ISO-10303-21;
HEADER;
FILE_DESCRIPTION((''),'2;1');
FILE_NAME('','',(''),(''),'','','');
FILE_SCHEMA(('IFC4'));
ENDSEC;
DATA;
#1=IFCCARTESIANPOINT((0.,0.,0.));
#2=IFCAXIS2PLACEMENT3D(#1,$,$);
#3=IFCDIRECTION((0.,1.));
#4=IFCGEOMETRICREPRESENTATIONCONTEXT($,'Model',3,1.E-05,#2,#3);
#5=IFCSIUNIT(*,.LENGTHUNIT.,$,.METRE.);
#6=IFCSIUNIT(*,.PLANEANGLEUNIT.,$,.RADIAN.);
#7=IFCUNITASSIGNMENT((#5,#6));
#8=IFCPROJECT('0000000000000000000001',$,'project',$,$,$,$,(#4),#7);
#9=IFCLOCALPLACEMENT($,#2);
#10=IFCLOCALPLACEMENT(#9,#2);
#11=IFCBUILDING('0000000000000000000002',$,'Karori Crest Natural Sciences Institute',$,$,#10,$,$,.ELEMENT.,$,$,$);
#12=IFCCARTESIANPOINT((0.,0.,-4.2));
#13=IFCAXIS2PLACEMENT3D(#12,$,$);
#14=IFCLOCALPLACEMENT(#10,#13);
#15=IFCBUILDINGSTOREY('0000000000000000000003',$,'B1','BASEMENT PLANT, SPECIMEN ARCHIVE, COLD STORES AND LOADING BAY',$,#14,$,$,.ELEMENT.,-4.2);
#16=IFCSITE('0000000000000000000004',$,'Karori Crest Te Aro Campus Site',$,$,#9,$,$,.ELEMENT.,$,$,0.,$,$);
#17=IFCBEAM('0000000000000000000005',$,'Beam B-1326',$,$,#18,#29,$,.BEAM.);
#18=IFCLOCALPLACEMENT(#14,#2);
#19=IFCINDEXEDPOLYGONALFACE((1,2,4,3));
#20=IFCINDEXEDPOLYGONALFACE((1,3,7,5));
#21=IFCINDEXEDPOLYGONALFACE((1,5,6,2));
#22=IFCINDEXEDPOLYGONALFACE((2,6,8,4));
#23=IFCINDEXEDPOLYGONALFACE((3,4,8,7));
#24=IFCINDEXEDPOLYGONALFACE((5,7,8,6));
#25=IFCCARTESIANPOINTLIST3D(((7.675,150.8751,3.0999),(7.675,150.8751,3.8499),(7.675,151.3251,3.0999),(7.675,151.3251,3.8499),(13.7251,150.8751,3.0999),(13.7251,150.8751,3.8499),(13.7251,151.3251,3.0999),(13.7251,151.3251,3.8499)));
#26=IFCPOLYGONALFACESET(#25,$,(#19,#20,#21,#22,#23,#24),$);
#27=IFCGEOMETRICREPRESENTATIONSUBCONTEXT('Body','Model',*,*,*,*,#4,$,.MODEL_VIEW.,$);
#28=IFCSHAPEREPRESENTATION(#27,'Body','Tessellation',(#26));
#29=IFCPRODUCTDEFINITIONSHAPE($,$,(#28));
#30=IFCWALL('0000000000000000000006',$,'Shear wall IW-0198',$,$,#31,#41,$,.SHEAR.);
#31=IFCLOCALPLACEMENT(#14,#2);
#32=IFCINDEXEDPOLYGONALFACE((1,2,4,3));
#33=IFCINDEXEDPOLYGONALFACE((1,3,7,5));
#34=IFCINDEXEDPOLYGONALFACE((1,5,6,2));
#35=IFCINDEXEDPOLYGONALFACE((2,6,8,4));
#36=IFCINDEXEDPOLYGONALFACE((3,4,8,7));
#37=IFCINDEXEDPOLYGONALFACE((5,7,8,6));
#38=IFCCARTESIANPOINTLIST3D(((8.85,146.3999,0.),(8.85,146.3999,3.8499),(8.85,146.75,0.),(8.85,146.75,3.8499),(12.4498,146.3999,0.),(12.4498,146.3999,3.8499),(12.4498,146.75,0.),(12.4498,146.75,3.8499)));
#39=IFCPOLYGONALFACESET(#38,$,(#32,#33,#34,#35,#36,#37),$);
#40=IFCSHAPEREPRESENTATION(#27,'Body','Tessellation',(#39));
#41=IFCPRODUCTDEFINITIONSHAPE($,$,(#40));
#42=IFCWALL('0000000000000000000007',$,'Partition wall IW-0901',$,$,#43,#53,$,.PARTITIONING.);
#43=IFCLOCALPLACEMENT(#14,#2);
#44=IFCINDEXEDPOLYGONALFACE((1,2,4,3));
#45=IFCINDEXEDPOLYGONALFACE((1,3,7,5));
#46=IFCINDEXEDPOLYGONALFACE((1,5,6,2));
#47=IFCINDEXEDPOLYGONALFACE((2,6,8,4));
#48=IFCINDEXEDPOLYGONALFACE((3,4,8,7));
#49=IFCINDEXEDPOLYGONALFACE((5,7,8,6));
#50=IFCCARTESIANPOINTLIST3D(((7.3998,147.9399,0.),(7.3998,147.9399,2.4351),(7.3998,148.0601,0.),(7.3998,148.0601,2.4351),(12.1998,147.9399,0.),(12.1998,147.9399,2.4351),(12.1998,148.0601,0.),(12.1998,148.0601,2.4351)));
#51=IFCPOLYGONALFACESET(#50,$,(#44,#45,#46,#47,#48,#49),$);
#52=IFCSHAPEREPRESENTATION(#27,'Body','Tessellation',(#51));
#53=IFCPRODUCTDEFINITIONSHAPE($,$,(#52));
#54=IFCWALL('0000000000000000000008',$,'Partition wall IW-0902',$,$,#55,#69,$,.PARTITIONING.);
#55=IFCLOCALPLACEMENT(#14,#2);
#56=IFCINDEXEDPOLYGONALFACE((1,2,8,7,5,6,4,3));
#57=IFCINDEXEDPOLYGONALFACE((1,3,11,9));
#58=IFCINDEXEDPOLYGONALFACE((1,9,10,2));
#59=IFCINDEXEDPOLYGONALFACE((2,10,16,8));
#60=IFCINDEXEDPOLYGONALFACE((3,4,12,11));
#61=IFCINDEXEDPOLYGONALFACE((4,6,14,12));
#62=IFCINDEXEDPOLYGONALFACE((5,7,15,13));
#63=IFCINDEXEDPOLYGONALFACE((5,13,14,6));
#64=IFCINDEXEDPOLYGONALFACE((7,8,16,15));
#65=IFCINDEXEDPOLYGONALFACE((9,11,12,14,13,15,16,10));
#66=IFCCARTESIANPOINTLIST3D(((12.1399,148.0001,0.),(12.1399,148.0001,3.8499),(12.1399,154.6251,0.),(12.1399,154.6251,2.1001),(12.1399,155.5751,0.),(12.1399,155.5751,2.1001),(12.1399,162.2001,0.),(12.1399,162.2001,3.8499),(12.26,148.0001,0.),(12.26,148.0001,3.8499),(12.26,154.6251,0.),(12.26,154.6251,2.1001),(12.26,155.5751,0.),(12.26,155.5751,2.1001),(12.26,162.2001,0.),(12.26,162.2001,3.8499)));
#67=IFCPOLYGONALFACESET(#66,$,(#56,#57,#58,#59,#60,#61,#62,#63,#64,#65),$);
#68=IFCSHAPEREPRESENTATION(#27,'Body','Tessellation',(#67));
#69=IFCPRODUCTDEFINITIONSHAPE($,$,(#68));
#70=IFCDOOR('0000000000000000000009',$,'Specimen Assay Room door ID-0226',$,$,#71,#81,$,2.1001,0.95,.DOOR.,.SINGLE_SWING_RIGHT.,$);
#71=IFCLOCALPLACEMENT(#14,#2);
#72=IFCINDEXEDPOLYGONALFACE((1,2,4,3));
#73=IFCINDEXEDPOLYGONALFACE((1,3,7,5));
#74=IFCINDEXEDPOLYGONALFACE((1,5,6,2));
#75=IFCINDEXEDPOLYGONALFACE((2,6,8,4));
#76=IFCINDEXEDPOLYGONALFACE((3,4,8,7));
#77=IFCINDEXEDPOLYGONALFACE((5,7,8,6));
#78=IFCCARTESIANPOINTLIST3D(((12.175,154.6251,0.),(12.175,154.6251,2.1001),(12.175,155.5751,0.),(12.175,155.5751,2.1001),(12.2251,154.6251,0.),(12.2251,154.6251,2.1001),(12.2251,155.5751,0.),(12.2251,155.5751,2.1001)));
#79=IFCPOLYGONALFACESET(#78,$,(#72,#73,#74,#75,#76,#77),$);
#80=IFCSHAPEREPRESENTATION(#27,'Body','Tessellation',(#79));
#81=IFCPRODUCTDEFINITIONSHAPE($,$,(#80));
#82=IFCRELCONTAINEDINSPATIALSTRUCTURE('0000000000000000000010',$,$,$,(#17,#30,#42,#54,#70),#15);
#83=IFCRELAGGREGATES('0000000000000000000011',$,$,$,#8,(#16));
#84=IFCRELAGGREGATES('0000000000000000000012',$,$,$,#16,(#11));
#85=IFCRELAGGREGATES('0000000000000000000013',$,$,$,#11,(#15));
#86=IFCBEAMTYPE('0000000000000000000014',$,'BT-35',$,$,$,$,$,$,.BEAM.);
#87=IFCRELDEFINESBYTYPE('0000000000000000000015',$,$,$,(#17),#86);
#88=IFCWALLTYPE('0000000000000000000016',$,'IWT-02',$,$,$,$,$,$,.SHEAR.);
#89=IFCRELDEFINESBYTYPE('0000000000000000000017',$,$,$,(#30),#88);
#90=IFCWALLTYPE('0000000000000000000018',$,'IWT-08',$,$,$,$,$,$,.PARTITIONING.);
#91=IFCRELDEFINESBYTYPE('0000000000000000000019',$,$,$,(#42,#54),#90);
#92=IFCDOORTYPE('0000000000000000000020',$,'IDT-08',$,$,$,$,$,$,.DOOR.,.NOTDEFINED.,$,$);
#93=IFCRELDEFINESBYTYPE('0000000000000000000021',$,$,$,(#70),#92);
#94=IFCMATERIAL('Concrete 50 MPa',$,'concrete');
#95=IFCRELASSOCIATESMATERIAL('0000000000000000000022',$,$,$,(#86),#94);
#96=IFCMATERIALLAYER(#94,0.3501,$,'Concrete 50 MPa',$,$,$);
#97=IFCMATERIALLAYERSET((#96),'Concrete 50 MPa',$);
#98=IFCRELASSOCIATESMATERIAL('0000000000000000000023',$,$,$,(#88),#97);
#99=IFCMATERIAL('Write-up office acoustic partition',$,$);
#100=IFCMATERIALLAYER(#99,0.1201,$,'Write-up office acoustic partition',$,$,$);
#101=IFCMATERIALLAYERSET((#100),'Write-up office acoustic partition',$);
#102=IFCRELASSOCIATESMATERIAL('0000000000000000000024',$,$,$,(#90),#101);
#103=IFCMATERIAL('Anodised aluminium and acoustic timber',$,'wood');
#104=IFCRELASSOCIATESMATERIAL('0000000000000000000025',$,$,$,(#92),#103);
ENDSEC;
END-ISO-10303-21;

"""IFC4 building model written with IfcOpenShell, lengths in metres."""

from ifc_helpers import new_model, si_unit, direction, frame, frame_2d, origin, origin_2d, place, context, subcontext, project, spatial, rectangle, extrude, material, layer, layer_set, material_profile, profile_set, type_object, element, fill, save


model = new_model("IFC4")

# Units and contexts
model_context = context("Model", 3, precision=1e-05, world=origin(), true_north=direction((0.0, 1.0)))
body_context = subcontext(model_context, "Body", "Model", "MODEL_VIEW")
ifc_project = project(units=[si_unit("LENGTHUNIT", "METRE"), si_unit("PLANEANGLEUNIT", "RADIAN")], contexts=[model_context])

# Site, building, storey
site_placement = place(None, origin())
site = spatial("IfcSite", under=ifc_project, at=site_placement, Name="Karori Crest Te Aro Campus Site", CompositionType="ELEMENT", RefElevation=0.0)
building_placement = place(site_placement, origin())
building = spatial("IfcBuilding", under=site, at=building_placement, Name="Karori Crest Natural Sciences Institute", CompositionType="ELEMENT")
storey_placement = place(building_placement, frame((0.0, 0.0, -4.2)))
storey = spatial("IfcBuildingStorey", under=building, at=storey_placement, Name="B1", Description="BASEMENT PLANT, SPECIMEN ARCHIVE, COLD STORES AND LOADING BAY", CompositionType="ELEMENT", Elevation=-4.2)

# Shared definitions
ifc_material_1 = material(Name="Concrete 50 MPa", Category="concrete")

# Beam
ifc_material_profile_1 = material_profile(ifc_material_1, rectangle(XDim=0.45, YDim=0.75, at=origin_2d()), Name="RCB450x750")
ifc_profile_set_1 = profile_set([ifc_material_profile_1], Name="Concrete 50 MPa")
beam_type_1 = type_object("IfcBeamType", Name="BT-35", PredefinedType="BEAM", material=ifc_profile_set_1)
beam_1_placement = place(storey_placement, frame((7.675, 151.1001, 3.4749), z_axis=(1.0, 0.0, 0.0), x_axis=(0.0, 1.0, 0.0)))
element("IfcBeam", 1, at=beam_1_placement, inside=storey, type_object=beam_type_1, Name="Beam B-1326", PredefinedType="BEAM", context=body_context, shape_type="SweptSolid", body=[
    extrude(rectangle(XDim=0.45, YDim=0.75, at=origin_2d()), origin(), (0.0, 0.0, 1.0), 6.05),
])

# Walls
ifc_layer_1 = layer(ifc_material_1, 0.3501, Name="Concrete 50 MPa")
ifc_layer_set_1 = layer_set([ifc_layer_1], Name="Concrete 50 MPa")
wall_type_1 = type_object("IfcWallType", Name="IWT-02", PredefinedType="SHEAR", material=ifc_layer_set_1)
wall_1_placement = place(storey_placement, frame((8.8501, 146.575, 0.0), z_axis=(0.0, 0.0, 1.0), x_axis=(1.0, 0.0, 0.0)))
element("IfcWall", 2, at=wall_1_placement, inside=storey, type_object=wall_type_1, Name="Shear wall IW-0198", PredefinedType="SHEAR", context=body_context, shape_type="SweptSolid", body=[
    extrude(rectangle(XDim=3.5999, YDim=0.3501, at=frame_2d((1.7998, 0.0))), origin(), (0.0, 0.0, 1.0), 3.8499),
])
ifc_material_2 = material(Name="Write-up office acoustic partition")
ifc_layer_2 = layer(ifc_material_2, 0.1201, Name="Write-up office acoustic partition")
ifc_layer_set_2 = layer_set([ifc_layer_2], Name="Write-up office acoustic partition")
wall_type_2 = type_object("IfcWallType", Name="IWT-08", PredefinedType="PARTITIONING", material=ifc_layer_set_2)
wall_2_placement = place(storey_placement, frame((7.3999, 148.0, 0.0), z_axis=(0.0, 0.0, 1.0), x_axis=(1.0, 0.0, 0.0)))
element("IfcWall", 3, at=wall_2_placement, inside=storey, type_object=wall_type_2, Name="Partition wall IW-0901", PredefinedType="PARTITIONING", context=body_context, shape_type="SweptSolid", body=[
    extrude(rectangle(XDim=4.8, YDim=0.1201, at=frame_2d((2.3999, 0.0))), origin(), (0.0, 0.0, 1.0), 2.4351),
])

# Wall, opening, door
wall_3_placement = place(storey_placement, frame((12.2, 148.0, 0.0), z_axis=(0.0, 0.0, 1.0), x_axis=(0.0, 1.0, 0.0)))
wall_3 = element("IfcWall", 4, at=wall_3_placement, inside=storey, type_object=wall_type_2, Name="Partition wall IW-0902", PredefinedType="PARTITIONING", context=body_context, shape_type="SweptSolid", body=[
    extrude(rectangle(XDim=14.2, YDim=0.1201, at=frame_2d((7.1001, 0.0))), origin(), (0.0, 0.0, 1.0), 3.8499),
])
opening_placement = place(wall_3_placement, frame((6.625, 0.0, 0.0)))
opening = element("IfcOpeningElement", 5, at=opening_placement, cuts=wall_3, PredefinedType="OPENING", context=body_context, shape_type="SweptSolid", body=[
    extrude(rectangle(XDim=0.95, YDim=2.1001, at=frame_2d((0.4751, 1.05))), frame((0.0, 0.0701, 0.0), z_axis=(0.0, -1.0, 0.0), x_axis=(1.0, 0.0, 0.0)), (0.0, 0.0, 1.0), 0.1401),
])
ifc_material_3 = material(Name="Anodised aluminium and acoustic timber", Category="wood")
door_type = type_object("IfcDoorType", Name="IDT-08", OperationType="NOTDEFINED", PredefinedType="DOOR", material=ifc_material_3)
door_placement = place(opening_placement, origin())
door = element("IfcDoor", 6, at=door_placement, inside=storey, type_object=door_type, Name="Specimen Assay Room door ID-0226", OperationType="SINGLE_SWING_RIGHT", OverallHeight=2.1001, OverallWidth=0.95, PredefinedType="DOOR", context=body_context, shape_type="SweptSolid", body=[
    extrude(rectangle(XDim=0.95, YDim=2.1001, at=frame_2d((0.4751, 1.05))), frame((0.0, 0.0249, 0.0), z_axis=(0.0, -1.0, 0.0), x_axis=(1.0, 0.0, 0.0)), (0.0, 0.0, 1.0), 0.05),
])
fill(opening, door)

save(model, "model.ifc")
